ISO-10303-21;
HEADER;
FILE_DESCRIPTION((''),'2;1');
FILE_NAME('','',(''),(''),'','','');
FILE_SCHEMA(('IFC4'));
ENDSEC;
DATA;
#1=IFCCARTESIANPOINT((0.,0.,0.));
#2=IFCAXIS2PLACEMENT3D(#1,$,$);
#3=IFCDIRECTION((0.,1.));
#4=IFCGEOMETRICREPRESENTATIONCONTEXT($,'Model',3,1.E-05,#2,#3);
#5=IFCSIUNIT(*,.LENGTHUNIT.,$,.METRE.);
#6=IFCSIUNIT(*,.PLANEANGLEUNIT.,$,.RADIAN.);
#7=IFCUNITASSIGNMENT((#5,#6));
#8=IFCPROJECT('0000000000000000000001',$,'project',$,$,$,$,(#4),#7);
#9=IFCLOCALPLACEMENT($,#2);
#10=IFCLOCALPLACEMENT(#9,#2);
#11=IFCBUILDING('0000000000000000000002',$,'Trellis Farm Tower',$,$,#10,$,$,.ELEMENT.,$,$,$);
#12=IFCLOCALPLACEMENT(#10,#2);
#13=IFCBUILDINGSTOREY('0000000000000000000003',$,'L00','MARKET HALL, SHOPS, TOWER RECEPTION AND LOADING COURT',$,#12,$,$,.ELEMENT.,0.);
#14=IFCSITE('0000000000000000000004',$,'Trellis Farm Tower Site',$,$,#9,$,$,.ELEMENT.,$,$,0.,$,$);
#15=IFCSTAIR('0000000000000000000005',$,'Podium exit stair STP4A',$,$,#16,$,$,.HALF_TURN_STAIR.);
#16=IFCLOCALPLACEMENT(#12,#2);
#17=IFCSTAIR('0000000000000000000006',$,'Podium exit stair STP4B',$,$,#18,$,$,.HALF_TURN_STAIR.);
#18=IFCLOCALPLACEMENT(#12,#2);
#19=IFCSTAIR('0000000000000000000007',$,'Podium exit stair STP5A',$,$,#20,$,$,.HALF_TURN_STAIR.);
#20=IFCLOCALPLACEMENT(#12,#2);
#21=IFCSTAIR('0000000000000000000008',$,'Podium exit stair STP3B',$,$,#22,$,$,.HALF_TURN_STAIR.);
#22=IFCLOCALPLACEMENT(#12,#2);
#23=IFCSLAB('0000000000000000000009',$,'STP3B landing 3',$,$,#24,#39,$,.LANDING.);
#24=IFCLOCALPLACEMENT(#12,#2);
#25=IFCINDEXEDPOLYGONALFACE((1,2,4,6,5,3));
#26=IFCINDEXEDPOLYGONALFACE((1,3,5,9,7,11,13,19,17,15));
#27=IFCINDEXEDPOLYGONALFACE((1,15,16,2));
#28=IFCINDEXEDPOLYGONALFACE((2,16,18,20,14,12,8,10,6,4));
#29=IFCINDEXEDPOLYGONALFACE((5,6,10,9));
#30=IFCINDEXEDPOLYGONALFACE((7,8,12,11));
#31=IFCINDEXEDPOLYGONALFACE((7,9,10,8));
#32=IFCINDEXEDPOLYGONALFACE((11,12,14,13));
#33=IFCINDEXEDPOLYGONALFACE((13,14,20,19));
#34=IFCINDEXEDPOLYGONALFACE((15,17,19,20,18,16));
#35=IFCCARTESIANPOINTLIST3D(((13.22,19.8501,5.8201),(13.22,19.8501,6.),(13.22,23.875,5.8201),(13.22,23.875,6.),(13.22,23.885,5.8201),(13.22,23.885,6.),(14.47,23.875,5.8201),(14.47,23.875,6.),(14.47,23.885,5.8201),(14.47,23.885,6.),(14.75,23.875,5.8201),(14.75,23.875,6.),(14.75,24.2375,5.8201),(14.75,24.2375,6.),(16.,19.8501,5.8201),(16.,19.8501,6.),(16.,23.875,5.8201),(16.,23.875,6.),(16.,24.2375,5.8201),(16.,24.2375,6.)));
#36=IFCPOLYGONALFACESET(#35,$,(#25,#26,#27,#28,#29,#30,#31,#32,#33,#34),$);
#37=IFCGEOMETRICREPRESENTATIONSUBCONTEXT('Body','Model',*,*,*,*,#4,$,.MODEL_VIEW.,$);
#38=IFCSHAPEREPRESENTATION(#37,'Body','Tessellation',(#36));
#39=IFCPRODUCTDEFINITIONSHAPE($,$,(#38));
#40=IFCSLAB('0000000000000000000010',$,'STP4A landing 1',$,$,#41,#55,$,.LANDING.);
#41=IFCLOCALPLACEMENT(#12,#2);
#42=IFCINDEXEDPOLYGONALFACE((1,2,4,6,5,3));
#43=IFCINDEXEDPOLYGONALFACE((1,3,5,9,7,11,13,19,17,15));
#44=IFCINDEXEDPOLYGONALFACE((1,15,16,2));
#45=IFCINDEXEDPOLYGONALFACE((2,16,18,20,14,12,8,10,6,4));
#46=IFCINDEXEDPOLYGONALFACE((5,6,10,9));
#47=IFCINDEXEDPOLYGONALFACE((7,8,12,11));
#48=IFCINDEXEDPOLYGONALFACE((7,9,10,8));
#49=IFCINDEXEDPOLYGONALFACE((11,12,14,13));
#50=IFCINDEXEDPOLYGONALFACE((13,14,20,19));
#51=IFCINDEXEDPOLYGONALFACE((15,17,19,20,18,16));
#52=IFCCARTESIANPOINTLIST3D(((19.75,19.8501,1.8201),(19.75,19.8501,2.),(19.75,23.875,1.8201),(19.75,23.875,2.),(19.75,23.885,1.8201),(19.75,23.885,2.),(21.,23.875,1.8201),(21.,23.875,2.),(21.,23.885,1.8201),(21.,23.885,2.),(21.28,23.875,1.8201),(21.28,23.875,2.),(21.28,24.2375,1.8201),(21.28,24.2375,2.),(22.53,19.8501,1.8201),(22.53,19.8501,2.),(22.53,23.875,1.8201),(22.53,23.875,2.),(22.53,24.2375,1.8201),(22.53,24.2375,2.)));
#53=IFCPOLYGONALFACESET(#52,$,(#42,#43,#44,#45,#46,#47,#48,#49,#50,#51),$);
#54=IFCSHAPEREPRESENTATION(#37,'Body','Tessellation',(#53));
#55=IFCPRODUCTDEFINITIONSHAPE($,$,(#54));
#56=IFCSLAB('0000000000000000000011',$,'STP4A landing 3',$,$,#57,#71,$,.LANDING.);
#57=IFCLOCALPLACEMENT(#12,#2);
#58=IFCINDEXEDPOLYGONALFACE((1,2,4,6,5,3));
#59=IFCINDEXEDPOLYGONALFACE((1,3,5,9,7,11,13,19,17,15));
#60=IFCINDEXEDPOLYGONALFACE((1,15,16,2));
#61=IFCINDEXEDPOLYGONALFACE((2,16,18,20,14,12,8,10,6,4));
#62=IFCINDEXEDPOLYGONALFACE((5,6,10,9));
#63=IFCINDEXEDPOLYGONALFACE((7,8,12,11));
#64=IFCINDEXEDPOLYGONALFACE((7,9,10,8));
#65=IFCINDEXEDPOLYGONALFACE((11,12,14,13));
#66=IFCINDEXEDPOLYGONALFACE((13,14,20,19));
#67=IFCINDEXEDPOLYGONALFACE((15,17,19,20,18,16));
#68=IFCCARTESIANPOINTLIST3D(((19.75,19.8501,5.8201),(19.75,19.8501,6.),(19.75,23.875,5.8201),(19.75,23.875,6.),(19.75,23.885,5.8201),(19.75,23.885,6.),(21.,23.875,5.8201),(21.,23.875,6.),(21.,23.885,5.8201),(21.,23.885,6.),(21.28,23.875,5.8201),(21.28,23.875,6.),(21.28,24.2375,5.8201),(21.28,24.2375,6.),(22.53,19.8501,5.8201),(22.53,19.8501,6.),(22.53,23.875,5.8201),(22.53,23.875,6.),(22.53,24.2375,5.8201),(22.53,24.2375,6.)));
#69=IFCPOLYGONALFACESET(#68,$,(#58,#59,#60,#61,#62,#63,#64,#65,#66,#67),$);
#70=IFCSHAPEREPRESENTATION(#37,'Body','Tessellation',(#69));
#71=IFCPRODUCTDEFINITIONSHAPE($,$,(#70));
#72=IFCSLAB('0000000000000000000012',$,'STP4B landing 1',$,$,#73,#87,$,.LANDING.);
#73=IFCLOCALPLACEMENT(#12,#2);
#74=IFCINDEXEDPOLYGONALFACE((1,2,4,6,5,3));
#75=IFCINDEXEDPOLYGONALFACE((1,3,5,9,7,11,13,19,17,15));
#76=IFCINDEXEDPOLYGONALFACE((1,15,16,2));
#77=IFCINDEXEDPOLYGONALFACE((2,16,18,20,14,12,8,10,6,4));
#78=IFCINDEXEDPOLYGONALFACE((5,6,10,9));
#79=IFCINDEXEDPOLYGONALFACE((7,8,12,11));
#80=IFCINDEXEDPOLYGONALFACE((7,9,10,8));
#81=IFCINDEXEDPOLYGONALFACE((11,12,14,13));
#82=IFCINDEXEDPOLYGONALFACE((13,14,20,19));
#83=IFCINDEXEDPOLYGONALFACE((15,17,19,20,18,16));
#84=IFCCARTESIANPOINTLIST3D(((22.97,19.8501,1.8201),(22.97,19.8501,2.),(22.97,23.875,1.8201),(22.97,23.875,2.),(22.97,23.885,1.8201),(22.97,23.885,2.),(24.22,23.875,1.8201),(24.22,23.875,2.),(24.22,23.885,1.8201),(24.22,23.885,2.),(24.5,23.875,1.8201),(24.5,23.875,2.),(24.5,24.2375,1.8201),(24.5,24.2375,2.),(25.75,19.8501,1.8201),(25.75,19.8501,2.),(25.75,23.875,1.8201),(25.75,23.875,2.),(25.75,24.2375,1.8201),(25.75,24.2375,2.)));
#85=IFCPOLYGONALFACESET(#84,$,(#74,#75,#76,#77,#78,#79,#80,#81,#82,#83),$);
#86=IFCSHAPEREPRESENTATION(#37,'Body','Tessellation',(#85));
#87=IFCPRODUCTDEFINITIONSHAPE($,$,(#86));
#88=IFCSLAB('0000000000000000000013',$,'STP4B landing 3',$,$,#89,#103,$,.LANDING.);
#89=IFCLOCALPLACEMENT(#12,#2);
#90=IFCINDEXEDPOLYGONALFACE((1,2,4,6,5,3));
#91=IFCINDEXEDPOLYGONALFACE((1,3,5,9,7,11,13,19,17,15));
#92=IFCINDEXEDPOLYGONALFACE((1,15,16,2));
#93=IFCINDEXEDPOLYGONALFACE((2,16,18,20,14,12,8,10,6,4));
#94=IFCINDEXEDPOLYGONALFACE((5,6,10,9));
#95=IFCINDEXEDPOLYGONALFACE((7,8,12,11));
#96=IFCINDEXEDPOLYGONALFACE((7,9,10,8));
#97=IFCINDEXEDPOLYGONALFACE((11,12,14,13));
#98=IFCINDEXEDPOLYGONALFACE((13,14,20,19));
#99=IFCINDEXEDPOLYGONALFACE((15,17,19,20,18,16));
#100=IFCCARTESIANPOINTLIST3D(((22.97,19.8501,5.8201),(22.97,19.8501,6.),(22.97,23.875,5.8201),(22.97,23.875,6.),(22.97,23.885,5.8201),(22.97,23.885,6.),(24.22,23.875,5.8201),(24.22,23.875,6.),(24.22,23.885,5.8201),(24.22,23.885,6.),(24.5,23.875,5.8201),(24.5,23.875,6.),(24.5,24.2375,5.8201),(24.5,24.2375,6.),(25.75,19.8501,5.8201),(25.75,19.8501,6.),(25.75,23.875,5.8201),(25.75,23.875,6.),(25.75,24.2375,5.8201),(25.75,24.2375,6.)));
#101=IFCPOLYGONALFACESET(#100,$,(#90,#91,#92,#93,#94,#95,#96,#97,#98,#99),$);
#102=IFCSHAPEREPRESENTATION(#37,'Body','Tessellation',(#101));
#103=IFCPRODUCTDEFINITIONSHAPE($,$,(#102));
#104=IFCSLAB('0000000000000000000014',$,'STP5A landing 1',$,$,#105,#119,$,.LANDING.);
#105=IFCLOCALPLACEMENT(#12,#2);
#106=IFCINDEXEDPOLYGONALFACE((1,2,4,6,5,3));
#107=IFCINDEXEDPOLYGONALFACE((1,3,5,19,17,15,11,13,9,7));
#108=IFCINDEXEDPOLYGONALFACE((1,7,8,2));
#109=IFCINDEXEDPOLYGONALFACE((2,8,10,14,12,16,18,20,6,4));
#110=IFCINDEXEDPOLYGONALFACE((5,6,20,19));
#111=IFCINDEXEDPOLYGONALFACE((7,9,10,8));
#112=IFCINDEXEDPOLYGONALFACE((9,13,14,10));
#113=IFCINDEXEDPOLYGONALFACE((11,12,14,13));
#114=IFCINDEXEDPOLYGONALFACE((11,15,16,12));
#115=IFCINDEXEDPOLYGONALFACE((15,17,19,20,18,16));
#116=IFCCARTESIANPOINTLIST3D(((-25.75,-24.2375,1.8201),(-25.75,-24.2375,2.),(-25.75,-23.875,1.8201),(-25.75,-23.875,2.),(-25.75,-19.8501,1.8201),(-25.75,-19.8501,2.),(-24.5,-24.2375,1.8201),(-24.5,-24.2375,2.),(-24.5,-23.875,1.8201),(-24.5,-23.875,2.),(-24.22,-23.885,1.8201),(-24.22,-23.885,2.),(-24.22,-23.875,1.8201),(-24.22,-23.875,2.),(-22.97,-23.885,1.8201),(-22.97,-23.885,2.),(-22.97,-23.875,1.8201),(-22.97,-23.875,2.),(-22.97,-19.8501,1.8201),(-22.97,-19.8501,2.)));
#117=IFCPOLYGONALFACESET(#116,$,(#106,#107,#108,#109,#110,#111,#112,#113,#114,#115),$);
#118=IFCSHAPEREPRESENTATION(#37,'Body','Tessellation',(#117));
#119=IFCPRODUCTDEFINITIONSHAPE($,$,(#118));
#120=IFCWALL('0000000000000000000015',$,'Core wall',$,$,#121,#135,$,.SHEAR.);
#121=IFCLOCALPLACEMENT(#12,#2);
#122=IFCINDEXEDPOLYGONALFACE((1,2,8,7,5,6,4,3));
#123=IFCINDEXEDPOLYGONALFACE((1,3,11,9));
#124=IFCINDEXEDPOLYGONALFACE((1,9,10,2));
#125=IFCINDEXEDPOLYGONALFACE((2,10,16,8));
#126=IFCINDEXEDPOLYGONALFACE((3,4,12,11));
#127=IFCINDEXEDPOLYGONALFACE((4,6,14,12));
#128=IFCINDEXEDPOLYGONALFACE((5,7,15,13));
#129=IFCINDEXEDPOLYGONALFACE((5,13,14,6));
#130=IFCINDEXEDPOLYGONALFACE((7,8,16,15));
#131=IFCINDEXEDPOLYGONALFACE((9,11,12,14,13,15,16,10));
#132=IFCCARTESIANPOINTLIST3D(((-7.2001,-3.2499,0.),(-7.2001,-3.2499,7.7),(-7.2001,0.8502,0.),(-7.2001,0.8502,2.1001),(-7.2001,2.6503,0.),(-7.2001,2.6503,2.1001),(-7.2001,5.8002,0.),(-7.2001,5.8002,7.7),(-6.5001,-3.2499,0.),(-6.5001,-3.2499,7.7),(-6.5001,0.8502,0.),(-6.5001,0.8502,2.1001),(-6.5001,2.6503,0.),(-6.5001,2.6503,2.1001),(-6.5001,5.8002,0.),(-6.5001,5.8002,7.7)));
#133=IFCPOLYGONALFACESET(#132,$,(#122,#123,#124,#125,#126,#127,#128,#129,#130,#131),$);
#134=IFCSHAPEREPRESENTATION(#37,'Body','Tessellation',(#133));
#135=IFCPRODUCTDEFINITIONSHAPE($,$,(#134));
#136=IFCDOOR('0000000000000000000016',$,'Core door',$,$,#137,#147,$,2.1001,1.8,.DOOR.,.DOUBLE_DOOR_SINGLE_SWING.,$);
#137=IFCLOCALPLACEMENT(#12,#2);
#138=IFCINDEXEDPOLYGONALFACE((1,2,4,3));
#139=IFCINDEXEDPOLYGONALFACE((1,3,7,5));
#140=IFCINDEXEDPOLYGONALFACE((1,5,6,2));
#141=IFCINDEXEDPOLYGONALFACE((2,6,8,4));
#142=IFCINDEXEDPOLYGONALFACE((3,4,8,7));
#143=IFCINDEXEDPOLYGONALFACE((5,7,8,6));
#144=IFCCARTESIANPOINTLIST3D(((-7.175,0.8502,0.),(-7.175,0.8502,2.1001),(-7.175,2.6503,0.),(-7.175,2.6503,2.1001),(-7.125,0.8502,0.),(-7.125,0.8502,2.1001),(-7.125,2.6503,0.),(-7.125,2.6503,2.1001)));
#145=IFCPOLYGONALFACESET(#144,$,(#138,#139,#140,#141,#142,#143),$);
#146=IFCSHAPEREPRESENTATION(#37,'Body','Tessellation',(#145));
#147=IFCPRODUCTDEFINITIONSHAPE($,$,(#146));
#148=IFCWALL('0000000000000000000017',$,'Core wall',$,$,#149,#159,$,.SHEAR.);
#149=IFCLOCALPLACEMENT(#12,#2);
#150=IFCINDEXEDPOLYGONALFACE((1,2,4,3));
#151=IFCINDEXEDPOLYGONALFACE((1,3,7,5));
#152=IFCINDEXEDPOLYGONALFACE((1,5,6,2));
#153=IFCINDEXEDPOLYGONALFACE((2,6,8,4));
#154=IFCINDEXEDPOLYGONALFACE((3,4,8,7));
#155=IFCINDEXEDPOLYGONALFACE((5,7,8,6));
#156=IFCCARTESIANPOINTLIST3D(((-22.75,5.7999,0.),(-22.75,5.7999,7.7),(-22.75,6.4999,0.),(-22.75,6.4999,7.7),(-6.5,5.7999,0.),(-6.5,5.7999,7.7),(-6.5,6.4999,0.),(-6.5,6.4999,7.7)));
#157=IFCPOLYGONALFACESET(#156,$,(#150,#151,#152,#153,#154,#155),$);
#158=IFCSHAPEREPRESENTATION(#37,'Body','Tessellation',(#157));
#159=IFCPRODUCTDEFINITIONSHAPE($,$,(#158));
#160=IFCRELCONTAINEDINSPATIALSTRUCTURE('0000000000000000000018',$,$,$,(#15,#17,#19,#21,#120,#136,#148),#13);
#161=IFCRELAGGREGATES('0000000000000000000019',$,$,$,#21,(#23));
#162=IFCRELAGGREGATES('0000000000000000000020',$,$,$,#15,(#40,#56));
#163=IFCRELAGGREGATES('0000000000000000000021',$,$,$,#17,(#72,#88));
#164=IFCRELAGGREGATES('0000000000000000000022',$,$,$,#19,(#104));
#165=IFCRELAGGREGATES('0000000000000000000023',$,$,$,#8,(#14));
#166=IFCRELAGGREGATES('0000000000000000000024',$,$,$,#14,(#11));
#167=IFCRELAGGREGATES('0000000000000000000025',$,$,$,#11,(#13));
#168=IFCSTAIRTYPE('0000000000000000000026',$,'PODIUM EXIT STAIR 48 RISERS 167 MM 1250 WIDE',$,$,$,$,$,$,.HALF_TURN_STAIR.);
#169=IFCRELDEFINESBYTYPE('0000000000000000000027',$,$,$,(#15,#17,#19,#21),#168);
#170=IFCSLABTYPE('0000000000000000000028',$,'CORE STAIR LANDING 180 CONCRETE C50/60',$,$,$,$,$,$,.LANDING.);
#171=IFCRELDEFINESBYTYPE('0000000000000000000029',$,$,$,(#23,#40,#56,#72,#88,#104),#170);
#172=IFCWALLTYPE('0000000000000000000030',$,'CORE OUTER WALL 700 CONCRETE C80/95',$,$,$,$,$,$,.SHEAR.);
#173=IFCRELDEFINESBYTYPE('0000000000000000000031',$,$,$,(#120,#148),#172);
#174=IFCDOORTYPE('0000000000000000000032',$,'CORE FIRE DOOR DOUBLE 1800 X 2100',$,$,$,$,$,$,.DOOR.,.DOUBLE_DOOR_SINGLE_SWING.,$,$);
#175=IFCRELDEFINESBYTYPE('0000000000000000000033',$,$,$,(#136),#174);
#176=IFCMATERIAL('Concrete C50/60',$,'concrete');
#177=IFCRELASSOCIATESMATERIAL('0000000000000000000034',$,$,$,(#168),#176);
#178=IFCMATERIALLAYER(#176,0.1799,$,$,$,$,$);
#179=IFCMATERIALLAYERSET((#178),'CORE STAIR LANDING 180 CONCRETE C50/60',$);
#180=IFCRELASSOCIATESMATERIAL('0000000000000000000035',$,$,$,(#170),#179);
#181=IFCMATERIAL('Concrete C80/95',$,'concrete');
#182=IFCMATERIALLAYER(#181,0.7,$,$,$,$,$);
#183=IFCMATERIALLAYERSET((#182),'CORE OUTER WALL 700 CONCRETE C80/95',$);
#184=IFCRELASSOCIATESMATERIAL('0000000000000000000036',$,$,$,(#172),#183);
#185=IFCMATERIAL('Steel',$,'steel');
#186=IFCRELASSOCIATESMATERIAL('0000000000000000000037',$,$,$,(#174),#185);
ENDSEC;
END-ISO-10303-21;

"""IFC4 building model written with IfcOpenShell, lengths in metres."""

from ifc_helpers import new_model, si_unit, direction, frame, frame_2d, origin, place, context, subcontext, project, spatial, polyline, rectangle, outline, extrude, source, transform, mapped, material, layer, layer_set, type_object, element, fill, aggregate, save


model = new_model("IFC4")

# Units and contexts
model_context = context("Model", 3, precision=1e-05, world=origin(), true_north=direction((0.0, 1.0)))
body_context = subcontext(model_context, "Body", "Model", "MODEL_VIEW")
ifc_project = project(units=[si_unit("LENGTHUNIT", "METRE"), si_unit("PLANEANGLEUNIT", "RADIAN")], contexts=[model_context])

# Site, building, storey
site_placement = place(None, origin())
site = spatial("IfcSite", under=ifc_project, at=site_placement, Name="Trellis Farm Tower Site", CompositionType="ELEMENT", RefElevation=0.0)
building_placement = place(site_placement, origin())
building = spatial("IfcBuilding", under=site, at=building_placement, Name="Trellis Farm Tower", CompositionType="ELEMENT")
storey_placement = place(building_placement, origin())
storey = spatial("IfcBuildingStorey", under=building, at=storey_placement, Name="L00", Description="MARKET HALL, SHOPS, TOWER RECEPTION AND LOADING COURT", CompositionType="ELEMENT", Elevation=0.0)

# Shared definitions
ifc_material_1 = material(Name="Concrete C80/95", Category="concrete")

# Stairs, slab
ifc_material_2 = material(Name="Concrete C50/60", Category="concrete")
stair_type = type_object("IfcStairType", Name="PODIUM EXIT STAIR 48 RISERS 167 MM 1250 WIDE", PredefinedType="HALF_TURN_STAIR", material=ifc_material_2)
placement_1 = place(storey_placement, origin())
stair_1 = element("IfcStair", 1, at=placement_1, inside=storey, type_object=stair_type, Name="Podium exit stair STP4A", PredefinedType="HALF_TURN_STAIR")
ifc_layer_1 = layer(ifc_material_2, 0.1799)
ifc_layer_set_1 = layer_set([ifc_layer_1], Name="CORE STAIR LANDING 180 CONCRETE C50/60")
slab_type = type_object("IfcSlabType", Name="CORE STAIR LANDING 180 CONCRETE C50/60", PredefinedType="LANDING", material=ifc_layer_set_1)
stair_2 = element("IfcStair", 2, at=placement_1, inside=storey, type_object=stair_type, Name="Podium exit stair STP4B", PredefinedType="HALF_TURN_STAIR")
stair_3 = element("IfcStair", 3, at=placement_1, inside=storey, type_object=stair_type, Name="Podium exit stair STP5A", PredefinedType="HALF_TURN_STAIR")
stair_4 = element("IfcStair", 4, at=placement_1, inside=storey, type_object=stair_type, Name="Podium exit stair STP3B", PredefinedType="HALF_TURN_STAIR")
shared_shape_1 = source(origin(), body_context, "Body", "SweptSolid", [
    extrude(outline(polyline([(16.0, 19.8501), (13.22, 19.8501), (13.22, 23.875), (13.22, 23.885), (14.47, 23.885), (14.47, 23.875), (14.75, 23.875), (14.75, 24.2375), (16.0, 24.2375), (16.0, 23.875), (16.0, 19.8501)])), origin(), (0.0, 0.0, 1.0), 0.1799),
])
placement_2 = place(storey_placement, frame((0.0, 0.0, 5.8201)))
slab_1 = element("IfcSlab", 5, at=placement_2, type_object=slab_type, Name="STP3B landing 3", PredefinedType="LANDING", context=body_context, shape_type="MappedRepresentation", body=[
    mapped(shared_shape_1, transform((0.0, 0.0, 0.0))),
])
aggregate(stair_4, [slab_1])

# Slabs
shared_shape_2 = source(origin(), body_context, "Body", "SweptSolid", [
    extrude(outline(polyline([(22.53, 19.8501), (19.75, 19.8501), (19.75, 23.875), (19.75, 23.885), (21.0, 23.885), (21.0, 23.875), (21.28, 23.875), (21.28, 24.2375), (22.53, 24.2375), (22.53, 23.875), (22.53, 19.8501)])), origin(), (0.0, 0.0, 1.0), 0.1799),
])
placement_3 = place(storey_placement, frame((0.0, 0.0, 1.8201)))
slab_2 = element("IfcSlab", 6, at=placement_3, type_object=slab_type, Name="STP4A landing 1", PredefinedType="LANDING", context=body_context, shape_type="MappedRepresentation", body=[
    mapped(shared_shape_2, transform((0.0, 0.0, 0.0))),
])
slab_3 = element("IfcSlab", 7, at=placement_2, type_object=slab_type, Name="STP4A landing 3", PredefinedType="LANDING", context=body_context, shape_type="MappedRepresentation", body=[
    mapped(shared_shape_2, transform((0.0, 0.0, 0.0))),
])
aggregate(stair_1, [slab_2, slab_3])
shared_shape_3 = source(origin(), body_context, "Body", "SweptSolid", [
    extrude(outline(polyline([(25.75, 19.8501), (22.97, 19.8501), (22.97, 23.875), (22.97, 23.885), (24.22, 23.885), (24.22, 23.875), (24.5, 23.875), (24.5, 24.2375), (25.75, 24.2375), (25.75, 23.875), (25.75, 19.8501)])), origin(), (0.0, 0.0, 1.0), 0.1799),
])
slab_4 = element("IfcSlab", 8, at=placement_3, type_object=slab_type, Name="STP4B landing 1", PredefinedType="LANDING", context=body_context, shape_type="MappedRepresentation", body=[
    mapped(shared_shape_3, transform((0.0, 0.0, 0.0))),
])
slab_5 = element("IfcSlab", 9, at=placement_2, type_object=slab_type, Name="STP4B landing 3", PredefinedType="LANDING", context=body_context, shape_type="MappedRepresentation", body=[
    mapped(shared_shape_3, transform((0.0, 0.0, 0.0))),
])
aggregate(stair_2, [slab_4, slab_5])
shared_shape_4 = source(origin(), body_context, "Body", "SweptSolid", [
    extrude(outline(polyline([(-24.5, -24.2375), (-25.75, -24.2375), (-25.75, -23.875), (-25.75, -19.8501), (-22.97, -19.8501), (-22.97, -23.875), (-22.97, -23.885), (-24.22, -23.885), (-24.22, -23.875), (-24.5, -23.875), (-24.5, -24.2375)])), origin(), (0.0, 0.0, 1.0), 0.1799),
])
slab_6 = element("IfcSlab", 10, at=placement_3, type_object=slab_type, Name="STP5A landing 1", PredefinedType="LANDING", context=body_context, shape_type="MappedRepresentation", body=[
    mapped(shared_shape_4, transform((0.0, 0.0, 0.0))),
])
aggregate(stair_3, [slab_6])

# Wall, opening, door
ifc_layer_2 = layer(ifc_material_1, 0.7)
ifc_layer_set_2 = layer_set([ifc_layer_2], Name="CORE OUTER WALL 700 CONCRETE C80/95")
wall_type_1 = type_object("IfcWallType", Name="CORE OUTER WALL 700 CONCRETE C80/95", PredefinedType="SHEAR", material=ifc_layer_set_2)
shared_shape_5 = source(origin(), body_context, "Body", "SweptSolid", [
    extrude(rectangle(XDim=9.05, YDim=0.7, at=frame_2d((4.5249, 0.0))), origin(), (0.0, 0.0, 1.0), 7.7),
])
wall_1_placement = place(storey_placement, frame((-6.8501, 5.8, 0.0), z_axis=(0.0, 0.0, 1.0), x_axis=(0.0, -1.0, 0.0)))
wall_1 = element("IfcWall", 11, at=wall_1_placement, inside=storey, type_object=wall_type_1, Name="Core wall", PredefinedType="SHEAR", context=body_context, shape_type="MappedRepresentation", body=[
    mapped(shared_shape_5, transform((0.0, 0.0, 0.0))),
])
shared_shape_6 = source(origin(), body_context, "Body", "SweptSolid", [
    extrude(rectangle(XDim=1.8, YDim=2.1001, at=frame_2d((0.8999, 1.05))), frame((0.0, 0.3601, 0.0), z_axis=(0.0, -1.0, 0.0), x_axis=(1.0, 0.0, 0.0)), (0.0, 0.0, 1.0), 0.7202),
])
opening_1_placement = place(wall_1_placement, frame((3.1499, 0.0, 0.0)))
opening_1 = element("IfcOpeningElement", 12, at=opening_1_placement, cuts=wall_1, PredefinedType="OPENING", context=body_context, shape_type="MappedRepresentation", body=[
    mapped(shared_shape_6, transform((0.0, 0.0, 0.0))),
])
ifc_material_3 = material(Name="Steel", Category="steel")
door_type_1 = type_object("IfcDoorType", Name="CORE FIRE DOOR DOUBLE 1800 X 2100", OperationType="DOUBLE_DOOR_SINGLE_SWING", PredefinedType="DOOR", material=ifc_material_3)
shared_shape_7 = source(origin(), body_context, "Body", "SweptSolid", [
    extrude(rectangle(XDim=1.8, YDim=2.1001, at=frame_2d((0.8999, 1.05))), frame((0.0, -0.2749, 0.0), z_axis=(0.0, -1.0, 0.0), x_axis=(1.0, 0.0, 0.0)), (0.0, 0.0, 1.0), 0.05),
])
door_1_placement = place(opening_1_placement, origin())
door_1 = element("IfcDoor", 13, at=door_1_placement, inside=storey, type_object=door_type_1, Name="Core door", OperationType="DOUBLE_DOOR_SINGLE_SWING", OverallHeight=2.1001, OverallWidth=1.8, PredefinedType="DOOR", context=body_context, shape_type="MappedRepresentation", body=[
    mapped(shared_shape_7, transform((0.0, 0.0, 0.0))),
])
fill(opening_1, door_1)

# Wall
shared_shape_8 = source(origin(), body_context, "Body", "SweptSolid", [
    extrude(rectangle(XDim=16.25, YDim=0.7, at=frame_2d((8.125, 0.0))), origin(), (0.0, 0.0, 1.0), 7.7),
])
wall_2_placement = place(storey_placement, frame((-6.5, 6.1499, 0.0), z_axis=(0.0, 0.0, 1.0), x_axis=(-1.0, 0.0, 0.0)))
element("IfcWall", 14, at=wall_2_placement, inside=storey, type_object=wall_type_1, Name="Core wall", PredefinedType="SHEAR", context=body_context, shape_type="MappedRepresentation", body=[
    mapped(shared_shape_8, transform((0.0, 0.0, 0.0))),
])

save(model, "model.ifc")
